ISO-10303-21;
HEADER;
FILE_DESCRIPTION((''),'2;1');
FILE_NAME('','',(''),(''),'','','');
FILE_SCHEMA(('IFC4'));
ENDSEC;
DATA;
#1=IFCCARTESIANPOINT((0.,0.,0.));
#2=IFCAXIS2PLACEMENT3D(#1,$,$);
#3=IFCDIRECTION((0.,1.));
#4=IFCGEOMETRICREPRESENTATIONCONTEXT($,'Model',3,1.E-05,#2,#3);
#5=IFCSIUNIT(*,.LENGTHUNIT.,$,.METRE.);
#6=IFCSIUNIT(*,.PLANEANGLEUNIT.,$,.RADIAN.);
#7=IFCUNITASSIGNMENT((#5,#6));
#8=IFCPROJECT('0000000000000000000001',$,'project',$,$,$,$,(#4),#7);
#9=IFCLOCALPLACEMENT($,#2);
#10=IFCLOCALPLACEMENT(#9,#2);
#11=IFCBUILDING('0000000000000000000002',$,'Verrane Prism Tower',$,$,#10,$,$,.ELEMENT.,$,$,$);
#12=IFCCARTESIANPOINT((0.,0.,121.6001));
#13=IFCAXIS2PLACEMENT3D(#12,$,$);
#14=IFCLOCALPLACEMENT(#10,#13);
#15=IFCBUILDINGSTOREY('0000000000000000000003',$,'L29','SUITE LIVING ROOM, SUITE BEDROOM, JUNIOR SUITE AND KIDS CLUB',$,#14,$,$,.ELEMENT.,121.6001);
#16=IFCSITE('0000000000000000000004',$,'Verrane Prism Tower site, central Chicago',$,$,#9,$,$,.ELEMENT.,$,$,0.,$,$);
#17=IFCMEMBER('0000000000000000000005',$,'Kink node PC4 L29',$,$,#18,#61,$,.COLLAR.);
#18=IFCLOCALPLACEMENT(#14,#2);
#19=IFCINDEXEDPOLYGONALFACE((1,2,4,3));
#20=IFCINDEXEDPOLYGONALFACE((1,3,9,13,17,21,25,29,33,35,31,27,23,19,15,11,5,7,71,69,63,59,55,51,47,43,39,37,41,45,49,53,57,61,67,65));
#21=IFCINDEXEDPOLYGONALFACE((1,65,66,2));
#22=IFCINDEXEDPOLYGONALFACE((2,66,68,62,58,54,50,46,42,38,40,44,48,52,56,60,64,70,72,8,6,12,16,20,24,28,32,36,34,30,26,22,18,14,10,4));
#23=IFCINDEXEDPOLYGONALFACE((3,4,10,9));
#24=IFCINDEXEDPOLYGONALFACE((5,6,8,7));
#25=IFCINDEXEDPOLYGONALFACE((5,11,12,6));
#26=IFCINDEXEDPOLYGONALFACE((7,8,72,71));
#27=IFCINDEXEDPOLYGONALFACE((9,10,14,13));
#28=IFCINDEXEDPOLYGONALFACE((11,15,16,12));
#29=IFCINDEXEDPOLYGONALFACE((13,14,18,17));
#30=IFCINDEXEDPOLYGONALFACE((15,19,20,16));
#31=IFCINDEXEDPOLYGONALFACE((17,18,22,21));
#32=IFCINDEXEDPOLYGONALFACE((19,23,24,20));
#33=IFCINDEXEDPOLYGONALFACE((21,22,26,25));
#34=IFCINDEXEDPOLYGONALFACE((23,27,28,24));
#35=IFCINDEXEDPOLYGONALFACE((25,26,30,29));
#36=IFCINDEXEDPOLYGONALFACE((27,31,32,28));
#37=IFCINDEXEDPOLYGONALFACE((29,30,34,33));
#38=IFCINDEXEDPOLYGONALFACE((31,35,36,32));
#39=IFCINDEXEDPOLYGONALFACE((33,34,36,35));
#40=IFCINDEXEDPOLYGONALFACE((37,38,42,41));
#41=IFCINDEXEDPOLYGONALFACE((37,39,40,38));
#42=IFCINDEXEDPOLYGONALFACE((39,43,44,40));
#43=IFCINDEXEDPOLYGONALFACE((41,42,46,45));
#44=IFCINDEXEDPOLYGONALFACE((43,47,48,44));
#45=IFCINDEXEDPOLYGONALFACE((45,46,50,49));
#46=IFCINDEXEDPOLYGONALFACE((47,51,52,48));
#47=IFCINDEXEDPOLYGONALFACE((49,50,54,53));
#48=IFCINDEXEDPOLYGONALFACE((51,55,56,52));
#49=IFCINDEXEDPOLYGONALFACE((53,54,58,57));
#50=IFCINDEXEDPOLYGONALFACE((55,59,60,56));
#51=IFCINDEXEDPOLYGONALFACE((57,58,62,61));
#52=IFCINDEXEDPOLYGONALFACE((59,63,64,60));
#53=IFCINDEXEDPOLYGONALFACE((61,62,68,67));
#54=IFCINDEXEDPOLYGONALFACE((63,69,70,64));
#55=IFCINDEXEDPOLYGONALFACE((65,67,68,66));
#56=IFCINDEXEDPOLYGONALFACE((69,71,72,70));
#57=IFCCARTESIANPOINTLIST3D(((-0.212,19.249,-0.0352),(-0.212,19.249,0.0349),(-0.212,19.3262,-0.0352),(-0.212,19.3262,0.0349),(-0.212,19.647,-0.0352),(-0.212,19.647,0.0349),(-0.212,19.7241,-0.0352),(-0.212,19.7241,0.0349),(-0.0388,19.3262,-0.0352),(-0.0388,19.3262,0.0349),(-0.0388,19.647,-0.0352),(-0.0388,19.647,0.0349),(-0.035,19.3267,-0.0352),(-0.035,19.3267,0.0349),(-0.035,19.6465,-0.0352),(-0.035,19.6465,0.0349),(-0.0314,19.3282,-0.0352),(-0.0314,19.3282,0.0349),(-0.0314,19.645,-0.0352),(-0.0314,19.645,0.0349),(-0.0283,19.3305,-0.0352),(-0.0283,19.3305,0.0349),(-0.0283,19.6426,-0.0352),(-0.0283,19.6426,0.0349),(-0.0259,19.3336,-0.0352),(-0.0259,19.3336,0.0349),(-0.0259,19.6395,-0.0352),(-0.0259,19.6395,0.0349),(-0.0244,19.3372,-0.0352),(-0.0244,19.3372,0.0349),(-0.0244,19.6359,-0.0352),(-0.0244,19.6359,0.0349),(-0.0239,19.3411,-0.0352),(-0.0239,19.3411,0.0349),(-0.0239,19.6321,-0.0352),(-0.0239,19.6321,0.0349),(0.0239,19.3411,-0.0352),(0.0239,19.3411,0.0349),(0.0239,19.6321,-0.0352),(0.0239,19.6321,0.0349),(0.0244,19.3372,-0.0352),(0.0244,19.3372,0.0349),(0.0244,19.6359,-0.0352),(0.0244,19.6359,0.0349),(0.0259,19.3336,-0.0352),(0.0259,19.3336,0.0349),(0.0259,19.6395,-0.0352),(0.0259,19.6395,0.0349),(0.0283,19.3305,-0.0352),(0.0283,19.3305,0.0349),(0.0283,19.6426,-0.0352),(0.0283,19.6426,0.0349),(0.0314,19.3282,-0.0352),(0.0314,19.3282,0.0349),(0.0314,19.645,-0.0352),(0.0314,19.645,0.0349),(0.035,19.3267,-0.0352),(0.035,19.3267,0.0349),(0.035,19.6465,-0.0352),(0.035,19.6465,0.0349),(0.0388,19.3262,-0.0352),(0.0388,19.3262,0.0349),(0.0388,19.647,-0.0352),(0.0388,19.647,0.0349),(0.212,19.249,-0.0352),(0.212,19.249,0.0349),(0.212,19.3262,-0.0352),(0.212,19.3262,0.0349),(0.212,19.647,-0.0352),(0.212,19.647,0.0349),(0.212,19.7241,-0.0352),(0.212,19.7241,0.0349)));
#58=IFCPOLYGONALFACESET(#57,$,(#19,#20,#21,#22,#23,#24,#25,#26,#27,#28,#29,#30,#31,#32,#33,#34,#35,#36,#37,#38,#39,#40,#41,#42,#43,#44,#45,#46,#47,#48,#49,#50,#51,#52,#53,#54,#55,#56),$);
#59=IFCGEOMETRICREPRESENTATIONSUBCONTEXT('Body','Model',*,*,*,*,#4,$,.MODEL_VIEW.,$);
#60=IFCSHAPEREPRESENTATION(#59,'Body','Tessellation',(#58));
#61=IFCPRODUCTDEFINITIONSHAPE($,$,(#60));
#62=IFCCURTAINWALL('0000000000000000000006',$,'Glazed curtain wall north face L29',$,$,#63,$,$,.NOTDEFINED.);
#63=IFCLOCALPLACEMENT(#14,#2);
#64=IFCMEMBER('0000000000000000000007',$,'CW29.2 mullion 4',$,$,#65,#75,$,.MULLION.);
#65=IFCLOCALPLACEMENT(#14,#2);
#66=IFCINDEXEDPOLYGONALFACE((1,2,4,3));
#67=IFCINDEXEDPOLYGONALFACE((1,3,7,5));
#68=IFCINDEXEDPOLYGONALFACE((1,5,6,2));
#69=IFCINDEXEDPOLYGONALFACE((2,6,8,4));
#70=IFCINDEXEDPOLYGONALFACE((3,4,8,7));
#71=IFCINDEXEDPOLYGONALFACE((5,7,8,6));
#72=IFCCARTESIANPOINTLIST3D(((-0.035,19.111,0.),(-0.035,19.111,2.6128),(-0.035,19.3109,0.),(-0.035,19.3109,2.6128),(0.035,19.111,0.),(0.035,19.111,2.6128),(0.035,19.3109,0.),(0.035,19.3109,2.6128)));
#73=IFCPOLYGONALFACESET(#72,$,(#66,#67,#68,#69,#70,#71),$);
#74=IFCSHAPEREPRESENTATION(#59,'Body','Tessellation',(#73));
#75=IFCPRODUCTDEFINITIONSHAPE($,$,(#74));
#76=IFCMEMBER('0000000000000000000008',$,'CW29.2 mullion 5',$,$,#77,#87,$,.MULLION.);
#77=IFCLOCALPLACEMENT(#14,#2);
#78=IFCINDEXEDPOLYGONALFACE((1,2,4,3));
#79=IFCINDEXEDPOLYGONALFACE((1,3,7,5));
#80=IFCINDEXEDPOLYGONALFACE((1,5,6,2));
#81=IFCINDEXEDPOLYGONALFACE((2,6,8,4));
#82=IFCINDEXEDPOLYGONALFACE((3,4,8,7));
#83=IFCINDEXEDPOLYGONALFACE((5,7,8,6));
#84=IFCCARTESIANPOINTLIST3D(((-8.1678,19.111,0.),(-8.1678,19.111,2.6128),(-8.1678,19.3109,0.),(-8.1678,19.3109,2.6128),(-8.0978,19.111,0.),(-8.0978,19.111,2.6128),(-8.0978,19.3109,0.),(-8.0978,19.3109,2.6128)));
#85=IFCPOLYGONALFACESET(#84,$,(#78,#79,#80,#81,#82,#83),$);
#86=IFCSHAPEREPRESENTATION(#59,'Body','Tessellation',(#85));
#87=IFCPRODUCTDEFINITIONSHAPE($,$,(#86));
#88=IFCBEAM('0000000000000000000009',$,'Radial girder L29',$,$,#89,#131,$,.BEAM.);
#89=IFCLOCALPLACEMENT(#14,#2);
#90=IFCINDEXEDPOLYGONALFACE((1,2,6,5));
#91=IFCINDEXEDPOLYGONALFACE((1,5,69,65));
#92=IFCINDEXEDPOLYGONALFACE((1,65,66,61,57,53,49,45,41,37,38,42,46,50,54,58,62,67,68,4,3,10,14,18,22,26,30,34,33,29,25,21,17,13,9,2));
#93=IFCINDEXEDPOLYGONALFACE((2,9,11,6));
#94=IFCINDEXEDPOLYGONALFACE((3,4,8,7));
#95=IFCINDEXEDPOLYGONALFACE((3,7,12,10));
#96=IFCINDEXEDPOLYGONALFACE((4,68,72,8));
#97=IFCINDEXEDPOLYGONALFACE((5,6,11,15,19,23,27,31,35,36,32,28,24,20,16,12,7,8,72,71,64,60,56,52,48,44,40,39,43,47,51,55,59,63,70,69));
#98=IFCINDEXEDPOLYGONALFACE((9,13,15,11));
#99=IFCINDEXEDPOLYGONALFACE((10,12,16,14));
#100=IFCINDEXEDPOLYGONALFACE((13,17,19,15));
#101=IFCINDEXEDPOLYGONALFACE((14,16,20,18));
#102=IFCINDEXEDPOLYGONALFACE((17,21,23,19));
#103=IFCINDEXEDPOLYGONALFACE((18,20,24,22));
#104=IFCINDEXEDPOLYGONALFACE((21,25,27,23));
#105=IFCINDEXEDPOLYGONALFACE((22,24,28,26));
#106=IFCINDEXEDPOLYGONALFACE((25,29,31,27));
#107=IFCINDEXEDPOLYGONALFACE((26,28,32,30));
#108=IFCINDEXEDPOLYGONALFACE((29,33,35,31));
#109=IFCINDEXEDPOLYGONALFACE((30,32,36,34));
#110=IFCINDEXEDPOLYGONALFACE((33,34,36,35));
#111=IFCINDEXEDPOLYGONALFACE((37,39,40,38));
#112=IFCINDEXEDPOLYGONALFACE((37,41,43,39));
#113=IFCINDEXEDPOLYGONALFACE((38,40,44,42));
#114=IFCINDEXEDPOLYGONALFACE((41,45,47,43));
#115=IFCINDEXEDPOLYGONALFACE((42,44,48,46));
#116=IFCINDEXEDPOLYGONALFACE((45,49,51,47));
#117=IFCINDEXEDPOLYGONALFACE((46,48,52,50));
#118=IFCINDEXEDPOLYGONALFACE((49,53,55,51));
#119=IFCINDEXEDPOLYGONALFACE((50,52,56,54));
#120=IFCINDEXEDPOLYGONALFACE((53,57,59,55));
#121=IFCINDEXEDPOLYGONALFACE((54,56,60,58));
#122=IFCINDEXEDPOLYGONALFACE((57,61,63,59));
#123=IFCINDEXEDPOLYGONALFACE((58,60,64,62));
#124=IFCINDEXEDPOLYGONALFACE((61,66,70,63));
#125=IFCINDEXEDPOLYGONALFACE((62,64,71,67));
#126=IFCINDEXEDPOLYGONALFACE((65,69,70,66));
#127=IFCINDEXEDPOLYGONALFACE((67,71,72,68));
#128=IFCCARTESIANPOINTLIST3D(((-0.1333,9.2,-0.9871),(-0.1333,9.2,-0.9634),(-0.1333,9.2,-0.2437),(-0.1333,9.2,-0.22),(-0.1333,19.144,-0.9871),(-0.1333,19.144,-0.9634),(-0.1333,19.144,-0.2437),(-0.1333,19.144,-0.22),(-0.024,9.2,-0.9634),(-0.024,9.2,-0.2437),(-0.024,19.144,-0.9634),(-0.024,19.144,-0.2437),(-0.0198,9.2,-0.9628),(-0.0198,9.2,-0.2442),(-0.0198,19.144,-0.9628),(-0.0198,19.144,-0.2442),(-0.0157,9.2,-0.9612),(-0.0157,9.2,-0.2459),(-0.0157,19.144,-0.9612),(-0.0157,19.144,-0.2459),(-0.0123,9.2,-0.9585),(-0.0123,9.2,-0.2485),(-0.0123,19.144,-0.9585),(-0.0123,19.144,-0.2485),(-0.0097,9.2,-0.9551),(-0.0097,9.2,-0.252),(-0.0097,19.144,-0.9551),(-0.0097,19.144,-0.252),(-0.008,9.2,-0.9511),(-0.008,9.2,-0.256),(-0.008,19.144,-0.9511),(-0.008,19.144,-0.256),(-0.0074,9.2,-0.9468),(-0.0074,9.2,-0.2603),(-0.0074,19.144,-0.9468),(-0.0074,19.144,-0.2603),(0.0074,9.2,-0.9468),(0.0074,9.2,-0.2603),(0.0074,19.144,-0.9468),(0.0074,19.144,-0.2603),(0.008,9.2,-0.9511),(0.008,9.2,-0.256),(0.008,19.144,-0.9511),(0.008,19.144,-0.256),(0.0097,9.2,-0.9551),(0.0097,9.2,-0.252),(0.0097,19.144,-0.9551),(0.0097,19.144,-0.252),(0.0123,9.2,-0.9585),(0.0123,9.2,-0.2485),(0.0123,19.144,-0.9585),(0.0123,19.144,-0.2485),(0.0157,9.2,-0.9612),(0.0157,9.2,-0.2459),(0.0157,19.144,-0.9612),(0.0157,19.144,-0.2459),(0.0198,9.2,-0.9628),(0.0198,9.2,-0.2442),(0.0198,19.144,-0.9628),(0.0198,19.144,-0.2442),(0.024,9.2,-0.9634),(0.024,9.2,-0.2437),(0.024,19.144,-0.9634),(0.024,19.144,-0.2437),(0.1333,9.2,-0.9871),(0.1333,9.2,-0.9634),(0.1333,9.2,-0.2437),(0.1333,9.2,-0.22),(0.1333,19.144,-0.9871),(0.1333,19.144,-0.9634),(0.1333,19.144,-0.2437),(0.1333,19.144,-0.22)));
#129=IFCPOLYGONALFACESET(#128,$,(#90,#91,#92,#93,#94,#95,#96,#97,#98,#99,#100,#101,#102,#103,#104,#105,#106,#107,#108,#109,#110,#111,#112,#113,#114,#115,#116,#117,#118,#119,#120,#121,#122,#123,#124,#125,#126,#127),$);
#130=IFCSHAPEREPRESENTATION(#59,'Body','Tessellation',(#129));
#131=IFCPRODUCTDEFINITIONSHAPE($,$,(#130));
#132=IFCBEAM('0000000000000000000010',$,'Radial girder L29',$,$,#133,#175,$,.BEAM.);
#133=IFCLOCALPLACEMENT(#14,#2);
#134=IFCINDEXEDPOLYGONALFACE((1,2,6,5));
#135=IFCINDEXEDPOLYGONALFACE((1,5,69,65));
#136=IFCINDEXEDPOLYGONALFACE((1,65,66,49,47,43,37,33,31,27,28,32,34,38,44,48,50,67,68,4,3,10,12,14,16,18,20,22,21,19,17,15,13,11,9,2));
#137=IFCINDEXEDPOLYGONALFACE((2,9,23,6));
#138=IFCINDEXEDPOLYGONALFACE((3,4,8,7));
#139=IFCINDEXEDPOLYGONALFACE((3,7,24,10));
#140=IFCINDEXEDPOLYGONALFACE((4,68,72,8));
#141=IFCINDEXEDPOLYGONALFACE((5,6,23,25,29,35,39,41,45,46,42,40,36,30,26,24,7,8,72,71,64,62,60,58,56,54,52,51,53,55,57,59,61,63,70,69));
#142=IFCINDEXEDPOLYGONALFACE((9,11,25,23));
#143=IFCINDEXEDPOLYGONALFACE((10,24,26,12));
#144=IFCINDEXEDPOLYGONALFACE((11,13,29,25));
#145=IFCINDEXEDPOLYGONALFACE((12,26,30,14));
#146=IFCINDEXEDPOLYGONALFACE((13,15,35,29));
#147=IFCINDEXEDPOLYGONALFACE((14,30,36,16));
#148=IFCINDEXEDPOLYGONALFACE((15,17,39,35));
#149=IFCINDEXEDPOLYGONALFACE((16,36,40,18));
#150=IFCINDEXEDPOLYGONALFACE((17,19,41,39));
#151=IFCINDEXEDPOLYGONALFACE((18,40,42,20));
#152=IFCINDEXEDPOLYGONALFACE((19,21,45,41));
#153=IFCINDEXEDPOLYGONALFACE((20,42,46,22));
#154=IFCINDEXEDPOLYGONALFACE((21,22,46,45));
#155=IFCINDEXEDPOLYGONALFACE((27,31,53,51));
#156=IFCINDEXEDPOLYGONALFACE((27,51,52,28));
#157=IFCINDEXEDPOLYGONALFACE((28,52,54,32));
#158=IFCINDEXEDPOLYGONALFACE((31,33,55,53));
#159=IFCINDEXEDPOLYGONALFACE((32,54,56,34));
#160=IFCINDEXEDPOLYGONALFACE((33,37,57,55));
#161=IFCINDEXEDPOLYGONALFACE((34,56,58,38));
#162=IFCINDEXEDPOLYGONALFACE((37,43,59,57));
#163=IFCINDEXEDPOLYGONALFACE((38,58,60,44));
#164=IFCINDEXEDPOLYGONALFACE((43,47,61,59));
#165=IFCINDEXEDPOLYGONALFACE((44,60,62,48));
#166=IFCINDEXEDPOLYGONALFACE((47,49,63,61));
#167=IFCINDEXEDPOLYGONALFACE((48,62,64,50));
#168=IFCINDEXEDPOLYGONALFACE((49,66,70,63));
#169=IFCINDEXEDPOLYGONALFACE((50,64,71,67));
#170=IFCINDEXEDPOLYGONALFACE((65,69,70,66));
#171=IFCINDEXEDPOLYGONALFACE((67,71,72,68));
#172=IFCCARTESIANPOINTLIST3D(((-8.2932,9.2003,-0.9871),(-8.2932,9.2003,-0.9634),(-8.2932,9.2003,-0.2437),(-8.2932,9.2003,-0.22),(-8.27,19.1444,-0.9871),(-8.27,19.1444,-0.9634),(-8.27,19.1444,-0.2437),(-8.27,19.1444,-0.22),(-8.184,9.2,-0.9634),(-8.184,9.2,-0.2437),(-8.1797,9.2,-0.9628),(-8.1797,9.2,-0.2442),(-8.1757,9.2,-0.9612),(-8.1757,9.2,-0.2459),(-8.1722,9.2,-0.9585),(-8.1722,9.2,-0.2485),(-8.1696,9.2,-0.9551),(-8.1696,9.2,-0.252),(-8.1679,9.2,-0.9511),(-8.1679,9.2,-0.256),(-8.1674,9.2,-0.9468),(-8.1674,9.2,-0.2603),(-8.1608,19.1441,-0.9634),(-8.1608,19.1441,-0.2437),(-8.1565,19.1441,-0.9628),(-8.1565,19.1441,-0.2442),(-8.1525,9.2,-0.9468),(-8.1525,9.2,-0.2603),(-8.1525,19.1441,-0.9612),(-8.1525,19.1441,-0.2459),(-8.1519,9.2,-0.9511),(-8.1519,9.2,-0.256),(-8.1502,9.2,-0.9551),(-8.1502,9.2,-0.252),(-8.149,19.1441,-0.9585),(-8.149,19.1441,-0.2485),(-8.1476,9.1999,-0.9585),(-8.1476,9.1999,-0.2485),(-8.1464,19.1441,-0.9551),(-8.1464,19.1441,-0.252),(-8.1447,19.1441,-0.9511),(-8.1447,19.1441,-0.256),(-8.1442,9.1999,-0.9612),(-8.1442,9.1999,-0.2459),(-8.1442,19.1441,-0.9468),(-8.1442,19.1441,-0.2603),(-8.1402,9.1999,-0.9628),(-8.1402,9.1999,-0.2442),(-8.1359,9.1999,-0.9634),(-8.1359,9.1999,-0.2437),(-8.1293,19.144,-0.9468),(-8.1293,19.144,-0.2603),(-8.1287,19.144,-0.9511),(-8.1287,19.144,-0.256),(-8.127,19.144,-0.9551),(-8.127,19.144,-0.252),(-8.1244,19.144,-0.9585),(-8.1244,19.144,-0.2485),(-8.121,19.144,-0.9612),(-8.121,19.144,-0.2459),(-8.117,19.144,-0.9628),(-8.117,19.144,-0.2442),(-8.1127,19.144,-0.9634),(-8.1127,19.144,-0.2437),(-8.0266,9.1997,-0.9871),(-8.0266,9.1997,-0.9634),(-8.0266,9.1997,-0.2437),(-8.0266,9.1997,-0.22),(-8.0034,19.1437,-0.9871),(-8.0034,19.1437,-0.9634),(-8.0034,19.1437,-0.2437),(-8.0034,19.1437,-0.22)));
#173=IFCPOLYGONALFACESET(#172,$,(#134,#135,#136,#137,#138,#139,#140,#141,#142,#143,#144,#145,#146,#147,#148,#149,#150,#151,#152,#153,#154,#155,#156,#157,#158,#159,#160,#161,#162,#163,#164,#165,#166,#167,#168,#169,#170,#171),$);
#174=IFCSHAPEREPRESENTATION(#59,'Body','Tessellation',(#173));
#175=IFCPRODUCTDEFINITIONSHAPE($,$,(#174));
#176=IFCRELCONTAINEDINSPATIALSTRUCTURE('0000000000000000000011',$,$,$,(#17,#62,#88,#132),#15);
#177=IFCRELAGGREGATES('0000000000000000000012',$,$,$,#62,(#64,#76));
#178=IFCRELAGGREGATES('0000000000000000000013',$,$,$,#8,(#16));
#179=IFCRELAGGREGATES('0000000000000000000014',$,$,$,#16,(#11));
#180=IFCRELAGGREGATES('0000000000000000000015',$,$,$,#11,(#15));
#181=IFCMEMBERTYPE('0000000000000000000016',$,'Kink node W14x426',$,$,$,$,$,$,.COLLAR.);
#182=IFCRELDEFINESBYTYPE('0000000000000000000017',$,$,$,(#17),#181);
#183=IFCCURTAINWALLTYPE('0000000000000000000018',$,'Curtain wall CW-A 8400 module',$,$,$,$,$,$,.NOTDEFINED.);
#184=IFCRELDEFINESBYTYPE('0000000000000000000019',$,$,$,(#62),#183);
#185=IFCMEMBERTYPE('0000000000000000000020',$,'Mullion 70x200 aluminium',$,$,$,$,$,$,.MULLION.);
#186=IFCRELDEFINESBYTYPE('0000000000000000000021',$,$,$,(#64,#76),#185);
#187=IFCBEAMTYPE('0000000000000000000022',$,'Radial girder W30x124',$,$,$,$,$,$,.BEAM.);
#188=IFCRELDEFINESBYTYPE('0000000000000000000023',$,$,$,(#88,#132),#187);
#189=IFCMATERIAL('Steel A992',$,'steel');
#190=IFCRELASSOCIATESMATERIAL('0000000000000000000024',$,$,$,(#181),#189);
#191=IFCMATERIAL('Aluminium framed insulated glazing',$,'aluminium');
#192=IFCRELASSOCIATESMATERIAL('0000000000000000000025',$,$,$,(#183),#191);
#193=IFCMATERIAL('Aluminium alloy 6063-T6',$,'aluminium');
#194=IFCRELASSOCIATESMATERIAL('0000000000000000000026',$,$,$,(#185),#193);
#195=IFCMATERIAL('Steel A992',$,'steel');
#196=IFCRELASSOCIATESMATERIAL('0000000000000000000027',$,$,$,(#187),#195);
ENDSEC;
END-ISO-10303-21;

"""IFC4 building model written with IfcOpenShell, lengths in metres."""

from ifc_helpers import new_model, si_unit, direction, frame, origin, origin_2d, place, context, subcontext, project, spatial, rectangle, i_section, extrude, material, material_profile, profile_set, type_object, element, aggregate, save


model = new_model("IFC4")

# Units and contexts
model_context = context("Model", 3, precision=1e-05, world=origin(), true_north=direction((0.0, 1.0)))
body_context = subcontext(model_context, "Body", "Model", "MODEL_VIEW")
ifc_project = project(units=[si_unit("LENGTHUNIT", "METRE"), si_unit("PLANEANGLEUNIT", "RADIAN")], contexts=[model_context])

# Site, building, storey
site_placement = place(None, origin())
site = spatial("IfcSite", under=ifc_project, at=site_placement, Name="Verrane Prism Tower site, central Chicago", CompositionType="ELEMENT", RefElevation=0.0)
building_placement = place(site_placement, origin())
building = spatial("IfcBuilding", under=site, at=building_placement, Name="Verrane Prism Tower", CompositionType="ELEMENT")
storey_placement = place(building_placement, frame((0.0, 0.0, 121.6001)))
storey = spatial("IfcBuildingStorey", under=building, at=storey_placement, Name="L29", Description="SUITE LIVING ROOM, SUITE BEDROOM, JUNIOR SUITE AND KIDS CLUB", CompositionType="ELEMENT", Elevation=121.6001)

# Member
ifc_material_1 = material(Name="Steel A992", Category="steel")
ifc_material_profile_1 = material_profile(ifc_material_1, i_section(OverallWidth=0.4241, OverallDepth=0.4751, WebThickness=0.0479, FlangeThickness=0.0771, FilletRadius=0.0149, at=origin_2d()), Name="W14x426")
ifc_profile_set_1 = profile_set([ifc_material_profile_1], Name="Steel A992")
member_type_1 = type_object("IfcMemberType", Name="Kink node W14x426", PredefinedType="COLLAR", material=ifc_profile_set_1)
member_1_placement = place(storey_placement, frame((0.0, 19.4866, -0.0352), z_axis=(0.0, 0.0, 1.0), x_axis=(1.0, 0.0, 0.0)))
element("IfcMember", 1, at=member_1_placement, inside=storey, type_object=member_type_1, Name="Kink node PC4 L29", PredefinedType="COLLAR", context=body_context, shape_type="SweptSolid", body=[
    extrude(i_section(OverallWidth=0.4241, OverallDepth=0.4751, WebThickness=0.0479, FlangeThickness=0.0771, FilletRadius=0.0149, at=origin_2d()), origin(), (0.0, 0.0, 1.0), 0.0701),
])

# Curtain wall, members
ifc_material_2 = material(Name="Aluminium framed insulated glazing", Category="aluminium")
curtain_wall_type = type_object("IfcCurtainWallType", Name="Curtain wall CW-A 8400 module", PredefinedType="NOTDEFINED", material=ifc_material_2)
curtain_wall_placement = place(storey_placement, origin())
curtain_wall = element("IfcCurtainWall", 2, at=curtain_wall_placement, inside=storey, type_object=curtain_wall_type, Name="Glazed curtain wall north face L29", PredefinedType="NOTDEFINED")
ifc_material_3 = material(Name="Aluminium alloy 6063-T6", Category="aluminium")
ifc_material_profile_2 = material_profile(ifc_material_3, rectangle(XDim=0.2, YDim=0.0701, at=origin_2d()), Name="Mullion 70x200 aluminium")
ifc_profile_set_2 = profile_set([ifc_material_profile_2], Name="Aluminium alloy 6063-T6")
member_type_2 = type_object("IfcMemberType", Name="Mullion 70x200 aluminium", PredefinedType="MULLION", material=ifc_profile_set_2)
member_2_placement = place(storey_placement, frame((0.0, 19.2109, 0.0), z_axis=(0.0, 0.0, 1.0), x_axis=(0.0, -1.0, 0.0)))
member_2 = element("IfcMember", 3, at=member_2_placement, type_object=member_type_2, Name="CW29.2 mullion 4", PredefinedType="MULLION", context=body_context, shape_type="SweptSolid", body=[
    extrude(rectangle(XDim=0.2, YDim=0.0701, at=origin_2d()), origin(), (0.0, 0.0, 1.0), 2.6128),
])
member_3_placement = place(storey_placement, frame((-8.1328, 19.2109, 0.0), z_axis=(0.0, 0.0, 1.0), x_axis=(0.0, -1.0, 0.0)))
member_3 = element("IfcMember", 4, at=member_3_placement, type_object=member_type_2, Name="CW29.2 mullion 5", PredefinedType="MULLION", context=body_context, shape_type="SweptSolid", body=[
    extrude(rectangle(XDim=0.2, YDim=0.0701, at=origin_2d()), origin(), (0.0, 0.0, 1.0), 2.6128),
])

# Beams
ifc_material_4 = material(Name="Steel A992", Category="steel")
ifc_material_profile_3 = material_profile(ifc_material_4, i_section(OverallWidth=0.2666, OverallDepth=0.7671, WebThickness=0.0149, FlangeThickness=0.0237, FilletRadius=0.0166, at=origin_2d()), Name="W30x124")
ifc_profile_set_3 = profile_set([ifc_material_profile_3], Name="Steel A992")
beam_type_1 = type_object("IfcBeamType", Name="Radial girder W30x124", PredefinedType="BEAM", material=ifc_profile_set_3)
for number, where, z_axis, x_axis, name in (
    (5, (0.0, 19.144, -0.6035), (0.0, -1.0, 0.0), (1.0, 0.0, 0.0), "Radial girder L29"),
    (6, (-8.1367, 19.144, -0.6035), (-0.002332, -0.999997, 0.0), (0.999997, -0.002332, 0.0), "Radial girder L29"),
):
    element("IfcBeam", number, at=place(storey_placement, frame(where, z_axis=z_axis, x_axis=x_axis)), inside=storey, type_object=beam_type_1, Name=name, PredefinedType="BEAM", context=body_context, shape_type="SweptSolid", body=[
        extrude(i_section(OverallWidth=0.2666, OverallDepth=0.7671, WebThickness=0.0149, FlangeThickness=0.0237, FilletRadius=0.0166, at=origin_2d()), origin(), (0.0, 0.0, 1.0), 9.9441),
    ])

aggregate(curtain_wall, [member_2, member_3])

save(model, "model.ifc")
